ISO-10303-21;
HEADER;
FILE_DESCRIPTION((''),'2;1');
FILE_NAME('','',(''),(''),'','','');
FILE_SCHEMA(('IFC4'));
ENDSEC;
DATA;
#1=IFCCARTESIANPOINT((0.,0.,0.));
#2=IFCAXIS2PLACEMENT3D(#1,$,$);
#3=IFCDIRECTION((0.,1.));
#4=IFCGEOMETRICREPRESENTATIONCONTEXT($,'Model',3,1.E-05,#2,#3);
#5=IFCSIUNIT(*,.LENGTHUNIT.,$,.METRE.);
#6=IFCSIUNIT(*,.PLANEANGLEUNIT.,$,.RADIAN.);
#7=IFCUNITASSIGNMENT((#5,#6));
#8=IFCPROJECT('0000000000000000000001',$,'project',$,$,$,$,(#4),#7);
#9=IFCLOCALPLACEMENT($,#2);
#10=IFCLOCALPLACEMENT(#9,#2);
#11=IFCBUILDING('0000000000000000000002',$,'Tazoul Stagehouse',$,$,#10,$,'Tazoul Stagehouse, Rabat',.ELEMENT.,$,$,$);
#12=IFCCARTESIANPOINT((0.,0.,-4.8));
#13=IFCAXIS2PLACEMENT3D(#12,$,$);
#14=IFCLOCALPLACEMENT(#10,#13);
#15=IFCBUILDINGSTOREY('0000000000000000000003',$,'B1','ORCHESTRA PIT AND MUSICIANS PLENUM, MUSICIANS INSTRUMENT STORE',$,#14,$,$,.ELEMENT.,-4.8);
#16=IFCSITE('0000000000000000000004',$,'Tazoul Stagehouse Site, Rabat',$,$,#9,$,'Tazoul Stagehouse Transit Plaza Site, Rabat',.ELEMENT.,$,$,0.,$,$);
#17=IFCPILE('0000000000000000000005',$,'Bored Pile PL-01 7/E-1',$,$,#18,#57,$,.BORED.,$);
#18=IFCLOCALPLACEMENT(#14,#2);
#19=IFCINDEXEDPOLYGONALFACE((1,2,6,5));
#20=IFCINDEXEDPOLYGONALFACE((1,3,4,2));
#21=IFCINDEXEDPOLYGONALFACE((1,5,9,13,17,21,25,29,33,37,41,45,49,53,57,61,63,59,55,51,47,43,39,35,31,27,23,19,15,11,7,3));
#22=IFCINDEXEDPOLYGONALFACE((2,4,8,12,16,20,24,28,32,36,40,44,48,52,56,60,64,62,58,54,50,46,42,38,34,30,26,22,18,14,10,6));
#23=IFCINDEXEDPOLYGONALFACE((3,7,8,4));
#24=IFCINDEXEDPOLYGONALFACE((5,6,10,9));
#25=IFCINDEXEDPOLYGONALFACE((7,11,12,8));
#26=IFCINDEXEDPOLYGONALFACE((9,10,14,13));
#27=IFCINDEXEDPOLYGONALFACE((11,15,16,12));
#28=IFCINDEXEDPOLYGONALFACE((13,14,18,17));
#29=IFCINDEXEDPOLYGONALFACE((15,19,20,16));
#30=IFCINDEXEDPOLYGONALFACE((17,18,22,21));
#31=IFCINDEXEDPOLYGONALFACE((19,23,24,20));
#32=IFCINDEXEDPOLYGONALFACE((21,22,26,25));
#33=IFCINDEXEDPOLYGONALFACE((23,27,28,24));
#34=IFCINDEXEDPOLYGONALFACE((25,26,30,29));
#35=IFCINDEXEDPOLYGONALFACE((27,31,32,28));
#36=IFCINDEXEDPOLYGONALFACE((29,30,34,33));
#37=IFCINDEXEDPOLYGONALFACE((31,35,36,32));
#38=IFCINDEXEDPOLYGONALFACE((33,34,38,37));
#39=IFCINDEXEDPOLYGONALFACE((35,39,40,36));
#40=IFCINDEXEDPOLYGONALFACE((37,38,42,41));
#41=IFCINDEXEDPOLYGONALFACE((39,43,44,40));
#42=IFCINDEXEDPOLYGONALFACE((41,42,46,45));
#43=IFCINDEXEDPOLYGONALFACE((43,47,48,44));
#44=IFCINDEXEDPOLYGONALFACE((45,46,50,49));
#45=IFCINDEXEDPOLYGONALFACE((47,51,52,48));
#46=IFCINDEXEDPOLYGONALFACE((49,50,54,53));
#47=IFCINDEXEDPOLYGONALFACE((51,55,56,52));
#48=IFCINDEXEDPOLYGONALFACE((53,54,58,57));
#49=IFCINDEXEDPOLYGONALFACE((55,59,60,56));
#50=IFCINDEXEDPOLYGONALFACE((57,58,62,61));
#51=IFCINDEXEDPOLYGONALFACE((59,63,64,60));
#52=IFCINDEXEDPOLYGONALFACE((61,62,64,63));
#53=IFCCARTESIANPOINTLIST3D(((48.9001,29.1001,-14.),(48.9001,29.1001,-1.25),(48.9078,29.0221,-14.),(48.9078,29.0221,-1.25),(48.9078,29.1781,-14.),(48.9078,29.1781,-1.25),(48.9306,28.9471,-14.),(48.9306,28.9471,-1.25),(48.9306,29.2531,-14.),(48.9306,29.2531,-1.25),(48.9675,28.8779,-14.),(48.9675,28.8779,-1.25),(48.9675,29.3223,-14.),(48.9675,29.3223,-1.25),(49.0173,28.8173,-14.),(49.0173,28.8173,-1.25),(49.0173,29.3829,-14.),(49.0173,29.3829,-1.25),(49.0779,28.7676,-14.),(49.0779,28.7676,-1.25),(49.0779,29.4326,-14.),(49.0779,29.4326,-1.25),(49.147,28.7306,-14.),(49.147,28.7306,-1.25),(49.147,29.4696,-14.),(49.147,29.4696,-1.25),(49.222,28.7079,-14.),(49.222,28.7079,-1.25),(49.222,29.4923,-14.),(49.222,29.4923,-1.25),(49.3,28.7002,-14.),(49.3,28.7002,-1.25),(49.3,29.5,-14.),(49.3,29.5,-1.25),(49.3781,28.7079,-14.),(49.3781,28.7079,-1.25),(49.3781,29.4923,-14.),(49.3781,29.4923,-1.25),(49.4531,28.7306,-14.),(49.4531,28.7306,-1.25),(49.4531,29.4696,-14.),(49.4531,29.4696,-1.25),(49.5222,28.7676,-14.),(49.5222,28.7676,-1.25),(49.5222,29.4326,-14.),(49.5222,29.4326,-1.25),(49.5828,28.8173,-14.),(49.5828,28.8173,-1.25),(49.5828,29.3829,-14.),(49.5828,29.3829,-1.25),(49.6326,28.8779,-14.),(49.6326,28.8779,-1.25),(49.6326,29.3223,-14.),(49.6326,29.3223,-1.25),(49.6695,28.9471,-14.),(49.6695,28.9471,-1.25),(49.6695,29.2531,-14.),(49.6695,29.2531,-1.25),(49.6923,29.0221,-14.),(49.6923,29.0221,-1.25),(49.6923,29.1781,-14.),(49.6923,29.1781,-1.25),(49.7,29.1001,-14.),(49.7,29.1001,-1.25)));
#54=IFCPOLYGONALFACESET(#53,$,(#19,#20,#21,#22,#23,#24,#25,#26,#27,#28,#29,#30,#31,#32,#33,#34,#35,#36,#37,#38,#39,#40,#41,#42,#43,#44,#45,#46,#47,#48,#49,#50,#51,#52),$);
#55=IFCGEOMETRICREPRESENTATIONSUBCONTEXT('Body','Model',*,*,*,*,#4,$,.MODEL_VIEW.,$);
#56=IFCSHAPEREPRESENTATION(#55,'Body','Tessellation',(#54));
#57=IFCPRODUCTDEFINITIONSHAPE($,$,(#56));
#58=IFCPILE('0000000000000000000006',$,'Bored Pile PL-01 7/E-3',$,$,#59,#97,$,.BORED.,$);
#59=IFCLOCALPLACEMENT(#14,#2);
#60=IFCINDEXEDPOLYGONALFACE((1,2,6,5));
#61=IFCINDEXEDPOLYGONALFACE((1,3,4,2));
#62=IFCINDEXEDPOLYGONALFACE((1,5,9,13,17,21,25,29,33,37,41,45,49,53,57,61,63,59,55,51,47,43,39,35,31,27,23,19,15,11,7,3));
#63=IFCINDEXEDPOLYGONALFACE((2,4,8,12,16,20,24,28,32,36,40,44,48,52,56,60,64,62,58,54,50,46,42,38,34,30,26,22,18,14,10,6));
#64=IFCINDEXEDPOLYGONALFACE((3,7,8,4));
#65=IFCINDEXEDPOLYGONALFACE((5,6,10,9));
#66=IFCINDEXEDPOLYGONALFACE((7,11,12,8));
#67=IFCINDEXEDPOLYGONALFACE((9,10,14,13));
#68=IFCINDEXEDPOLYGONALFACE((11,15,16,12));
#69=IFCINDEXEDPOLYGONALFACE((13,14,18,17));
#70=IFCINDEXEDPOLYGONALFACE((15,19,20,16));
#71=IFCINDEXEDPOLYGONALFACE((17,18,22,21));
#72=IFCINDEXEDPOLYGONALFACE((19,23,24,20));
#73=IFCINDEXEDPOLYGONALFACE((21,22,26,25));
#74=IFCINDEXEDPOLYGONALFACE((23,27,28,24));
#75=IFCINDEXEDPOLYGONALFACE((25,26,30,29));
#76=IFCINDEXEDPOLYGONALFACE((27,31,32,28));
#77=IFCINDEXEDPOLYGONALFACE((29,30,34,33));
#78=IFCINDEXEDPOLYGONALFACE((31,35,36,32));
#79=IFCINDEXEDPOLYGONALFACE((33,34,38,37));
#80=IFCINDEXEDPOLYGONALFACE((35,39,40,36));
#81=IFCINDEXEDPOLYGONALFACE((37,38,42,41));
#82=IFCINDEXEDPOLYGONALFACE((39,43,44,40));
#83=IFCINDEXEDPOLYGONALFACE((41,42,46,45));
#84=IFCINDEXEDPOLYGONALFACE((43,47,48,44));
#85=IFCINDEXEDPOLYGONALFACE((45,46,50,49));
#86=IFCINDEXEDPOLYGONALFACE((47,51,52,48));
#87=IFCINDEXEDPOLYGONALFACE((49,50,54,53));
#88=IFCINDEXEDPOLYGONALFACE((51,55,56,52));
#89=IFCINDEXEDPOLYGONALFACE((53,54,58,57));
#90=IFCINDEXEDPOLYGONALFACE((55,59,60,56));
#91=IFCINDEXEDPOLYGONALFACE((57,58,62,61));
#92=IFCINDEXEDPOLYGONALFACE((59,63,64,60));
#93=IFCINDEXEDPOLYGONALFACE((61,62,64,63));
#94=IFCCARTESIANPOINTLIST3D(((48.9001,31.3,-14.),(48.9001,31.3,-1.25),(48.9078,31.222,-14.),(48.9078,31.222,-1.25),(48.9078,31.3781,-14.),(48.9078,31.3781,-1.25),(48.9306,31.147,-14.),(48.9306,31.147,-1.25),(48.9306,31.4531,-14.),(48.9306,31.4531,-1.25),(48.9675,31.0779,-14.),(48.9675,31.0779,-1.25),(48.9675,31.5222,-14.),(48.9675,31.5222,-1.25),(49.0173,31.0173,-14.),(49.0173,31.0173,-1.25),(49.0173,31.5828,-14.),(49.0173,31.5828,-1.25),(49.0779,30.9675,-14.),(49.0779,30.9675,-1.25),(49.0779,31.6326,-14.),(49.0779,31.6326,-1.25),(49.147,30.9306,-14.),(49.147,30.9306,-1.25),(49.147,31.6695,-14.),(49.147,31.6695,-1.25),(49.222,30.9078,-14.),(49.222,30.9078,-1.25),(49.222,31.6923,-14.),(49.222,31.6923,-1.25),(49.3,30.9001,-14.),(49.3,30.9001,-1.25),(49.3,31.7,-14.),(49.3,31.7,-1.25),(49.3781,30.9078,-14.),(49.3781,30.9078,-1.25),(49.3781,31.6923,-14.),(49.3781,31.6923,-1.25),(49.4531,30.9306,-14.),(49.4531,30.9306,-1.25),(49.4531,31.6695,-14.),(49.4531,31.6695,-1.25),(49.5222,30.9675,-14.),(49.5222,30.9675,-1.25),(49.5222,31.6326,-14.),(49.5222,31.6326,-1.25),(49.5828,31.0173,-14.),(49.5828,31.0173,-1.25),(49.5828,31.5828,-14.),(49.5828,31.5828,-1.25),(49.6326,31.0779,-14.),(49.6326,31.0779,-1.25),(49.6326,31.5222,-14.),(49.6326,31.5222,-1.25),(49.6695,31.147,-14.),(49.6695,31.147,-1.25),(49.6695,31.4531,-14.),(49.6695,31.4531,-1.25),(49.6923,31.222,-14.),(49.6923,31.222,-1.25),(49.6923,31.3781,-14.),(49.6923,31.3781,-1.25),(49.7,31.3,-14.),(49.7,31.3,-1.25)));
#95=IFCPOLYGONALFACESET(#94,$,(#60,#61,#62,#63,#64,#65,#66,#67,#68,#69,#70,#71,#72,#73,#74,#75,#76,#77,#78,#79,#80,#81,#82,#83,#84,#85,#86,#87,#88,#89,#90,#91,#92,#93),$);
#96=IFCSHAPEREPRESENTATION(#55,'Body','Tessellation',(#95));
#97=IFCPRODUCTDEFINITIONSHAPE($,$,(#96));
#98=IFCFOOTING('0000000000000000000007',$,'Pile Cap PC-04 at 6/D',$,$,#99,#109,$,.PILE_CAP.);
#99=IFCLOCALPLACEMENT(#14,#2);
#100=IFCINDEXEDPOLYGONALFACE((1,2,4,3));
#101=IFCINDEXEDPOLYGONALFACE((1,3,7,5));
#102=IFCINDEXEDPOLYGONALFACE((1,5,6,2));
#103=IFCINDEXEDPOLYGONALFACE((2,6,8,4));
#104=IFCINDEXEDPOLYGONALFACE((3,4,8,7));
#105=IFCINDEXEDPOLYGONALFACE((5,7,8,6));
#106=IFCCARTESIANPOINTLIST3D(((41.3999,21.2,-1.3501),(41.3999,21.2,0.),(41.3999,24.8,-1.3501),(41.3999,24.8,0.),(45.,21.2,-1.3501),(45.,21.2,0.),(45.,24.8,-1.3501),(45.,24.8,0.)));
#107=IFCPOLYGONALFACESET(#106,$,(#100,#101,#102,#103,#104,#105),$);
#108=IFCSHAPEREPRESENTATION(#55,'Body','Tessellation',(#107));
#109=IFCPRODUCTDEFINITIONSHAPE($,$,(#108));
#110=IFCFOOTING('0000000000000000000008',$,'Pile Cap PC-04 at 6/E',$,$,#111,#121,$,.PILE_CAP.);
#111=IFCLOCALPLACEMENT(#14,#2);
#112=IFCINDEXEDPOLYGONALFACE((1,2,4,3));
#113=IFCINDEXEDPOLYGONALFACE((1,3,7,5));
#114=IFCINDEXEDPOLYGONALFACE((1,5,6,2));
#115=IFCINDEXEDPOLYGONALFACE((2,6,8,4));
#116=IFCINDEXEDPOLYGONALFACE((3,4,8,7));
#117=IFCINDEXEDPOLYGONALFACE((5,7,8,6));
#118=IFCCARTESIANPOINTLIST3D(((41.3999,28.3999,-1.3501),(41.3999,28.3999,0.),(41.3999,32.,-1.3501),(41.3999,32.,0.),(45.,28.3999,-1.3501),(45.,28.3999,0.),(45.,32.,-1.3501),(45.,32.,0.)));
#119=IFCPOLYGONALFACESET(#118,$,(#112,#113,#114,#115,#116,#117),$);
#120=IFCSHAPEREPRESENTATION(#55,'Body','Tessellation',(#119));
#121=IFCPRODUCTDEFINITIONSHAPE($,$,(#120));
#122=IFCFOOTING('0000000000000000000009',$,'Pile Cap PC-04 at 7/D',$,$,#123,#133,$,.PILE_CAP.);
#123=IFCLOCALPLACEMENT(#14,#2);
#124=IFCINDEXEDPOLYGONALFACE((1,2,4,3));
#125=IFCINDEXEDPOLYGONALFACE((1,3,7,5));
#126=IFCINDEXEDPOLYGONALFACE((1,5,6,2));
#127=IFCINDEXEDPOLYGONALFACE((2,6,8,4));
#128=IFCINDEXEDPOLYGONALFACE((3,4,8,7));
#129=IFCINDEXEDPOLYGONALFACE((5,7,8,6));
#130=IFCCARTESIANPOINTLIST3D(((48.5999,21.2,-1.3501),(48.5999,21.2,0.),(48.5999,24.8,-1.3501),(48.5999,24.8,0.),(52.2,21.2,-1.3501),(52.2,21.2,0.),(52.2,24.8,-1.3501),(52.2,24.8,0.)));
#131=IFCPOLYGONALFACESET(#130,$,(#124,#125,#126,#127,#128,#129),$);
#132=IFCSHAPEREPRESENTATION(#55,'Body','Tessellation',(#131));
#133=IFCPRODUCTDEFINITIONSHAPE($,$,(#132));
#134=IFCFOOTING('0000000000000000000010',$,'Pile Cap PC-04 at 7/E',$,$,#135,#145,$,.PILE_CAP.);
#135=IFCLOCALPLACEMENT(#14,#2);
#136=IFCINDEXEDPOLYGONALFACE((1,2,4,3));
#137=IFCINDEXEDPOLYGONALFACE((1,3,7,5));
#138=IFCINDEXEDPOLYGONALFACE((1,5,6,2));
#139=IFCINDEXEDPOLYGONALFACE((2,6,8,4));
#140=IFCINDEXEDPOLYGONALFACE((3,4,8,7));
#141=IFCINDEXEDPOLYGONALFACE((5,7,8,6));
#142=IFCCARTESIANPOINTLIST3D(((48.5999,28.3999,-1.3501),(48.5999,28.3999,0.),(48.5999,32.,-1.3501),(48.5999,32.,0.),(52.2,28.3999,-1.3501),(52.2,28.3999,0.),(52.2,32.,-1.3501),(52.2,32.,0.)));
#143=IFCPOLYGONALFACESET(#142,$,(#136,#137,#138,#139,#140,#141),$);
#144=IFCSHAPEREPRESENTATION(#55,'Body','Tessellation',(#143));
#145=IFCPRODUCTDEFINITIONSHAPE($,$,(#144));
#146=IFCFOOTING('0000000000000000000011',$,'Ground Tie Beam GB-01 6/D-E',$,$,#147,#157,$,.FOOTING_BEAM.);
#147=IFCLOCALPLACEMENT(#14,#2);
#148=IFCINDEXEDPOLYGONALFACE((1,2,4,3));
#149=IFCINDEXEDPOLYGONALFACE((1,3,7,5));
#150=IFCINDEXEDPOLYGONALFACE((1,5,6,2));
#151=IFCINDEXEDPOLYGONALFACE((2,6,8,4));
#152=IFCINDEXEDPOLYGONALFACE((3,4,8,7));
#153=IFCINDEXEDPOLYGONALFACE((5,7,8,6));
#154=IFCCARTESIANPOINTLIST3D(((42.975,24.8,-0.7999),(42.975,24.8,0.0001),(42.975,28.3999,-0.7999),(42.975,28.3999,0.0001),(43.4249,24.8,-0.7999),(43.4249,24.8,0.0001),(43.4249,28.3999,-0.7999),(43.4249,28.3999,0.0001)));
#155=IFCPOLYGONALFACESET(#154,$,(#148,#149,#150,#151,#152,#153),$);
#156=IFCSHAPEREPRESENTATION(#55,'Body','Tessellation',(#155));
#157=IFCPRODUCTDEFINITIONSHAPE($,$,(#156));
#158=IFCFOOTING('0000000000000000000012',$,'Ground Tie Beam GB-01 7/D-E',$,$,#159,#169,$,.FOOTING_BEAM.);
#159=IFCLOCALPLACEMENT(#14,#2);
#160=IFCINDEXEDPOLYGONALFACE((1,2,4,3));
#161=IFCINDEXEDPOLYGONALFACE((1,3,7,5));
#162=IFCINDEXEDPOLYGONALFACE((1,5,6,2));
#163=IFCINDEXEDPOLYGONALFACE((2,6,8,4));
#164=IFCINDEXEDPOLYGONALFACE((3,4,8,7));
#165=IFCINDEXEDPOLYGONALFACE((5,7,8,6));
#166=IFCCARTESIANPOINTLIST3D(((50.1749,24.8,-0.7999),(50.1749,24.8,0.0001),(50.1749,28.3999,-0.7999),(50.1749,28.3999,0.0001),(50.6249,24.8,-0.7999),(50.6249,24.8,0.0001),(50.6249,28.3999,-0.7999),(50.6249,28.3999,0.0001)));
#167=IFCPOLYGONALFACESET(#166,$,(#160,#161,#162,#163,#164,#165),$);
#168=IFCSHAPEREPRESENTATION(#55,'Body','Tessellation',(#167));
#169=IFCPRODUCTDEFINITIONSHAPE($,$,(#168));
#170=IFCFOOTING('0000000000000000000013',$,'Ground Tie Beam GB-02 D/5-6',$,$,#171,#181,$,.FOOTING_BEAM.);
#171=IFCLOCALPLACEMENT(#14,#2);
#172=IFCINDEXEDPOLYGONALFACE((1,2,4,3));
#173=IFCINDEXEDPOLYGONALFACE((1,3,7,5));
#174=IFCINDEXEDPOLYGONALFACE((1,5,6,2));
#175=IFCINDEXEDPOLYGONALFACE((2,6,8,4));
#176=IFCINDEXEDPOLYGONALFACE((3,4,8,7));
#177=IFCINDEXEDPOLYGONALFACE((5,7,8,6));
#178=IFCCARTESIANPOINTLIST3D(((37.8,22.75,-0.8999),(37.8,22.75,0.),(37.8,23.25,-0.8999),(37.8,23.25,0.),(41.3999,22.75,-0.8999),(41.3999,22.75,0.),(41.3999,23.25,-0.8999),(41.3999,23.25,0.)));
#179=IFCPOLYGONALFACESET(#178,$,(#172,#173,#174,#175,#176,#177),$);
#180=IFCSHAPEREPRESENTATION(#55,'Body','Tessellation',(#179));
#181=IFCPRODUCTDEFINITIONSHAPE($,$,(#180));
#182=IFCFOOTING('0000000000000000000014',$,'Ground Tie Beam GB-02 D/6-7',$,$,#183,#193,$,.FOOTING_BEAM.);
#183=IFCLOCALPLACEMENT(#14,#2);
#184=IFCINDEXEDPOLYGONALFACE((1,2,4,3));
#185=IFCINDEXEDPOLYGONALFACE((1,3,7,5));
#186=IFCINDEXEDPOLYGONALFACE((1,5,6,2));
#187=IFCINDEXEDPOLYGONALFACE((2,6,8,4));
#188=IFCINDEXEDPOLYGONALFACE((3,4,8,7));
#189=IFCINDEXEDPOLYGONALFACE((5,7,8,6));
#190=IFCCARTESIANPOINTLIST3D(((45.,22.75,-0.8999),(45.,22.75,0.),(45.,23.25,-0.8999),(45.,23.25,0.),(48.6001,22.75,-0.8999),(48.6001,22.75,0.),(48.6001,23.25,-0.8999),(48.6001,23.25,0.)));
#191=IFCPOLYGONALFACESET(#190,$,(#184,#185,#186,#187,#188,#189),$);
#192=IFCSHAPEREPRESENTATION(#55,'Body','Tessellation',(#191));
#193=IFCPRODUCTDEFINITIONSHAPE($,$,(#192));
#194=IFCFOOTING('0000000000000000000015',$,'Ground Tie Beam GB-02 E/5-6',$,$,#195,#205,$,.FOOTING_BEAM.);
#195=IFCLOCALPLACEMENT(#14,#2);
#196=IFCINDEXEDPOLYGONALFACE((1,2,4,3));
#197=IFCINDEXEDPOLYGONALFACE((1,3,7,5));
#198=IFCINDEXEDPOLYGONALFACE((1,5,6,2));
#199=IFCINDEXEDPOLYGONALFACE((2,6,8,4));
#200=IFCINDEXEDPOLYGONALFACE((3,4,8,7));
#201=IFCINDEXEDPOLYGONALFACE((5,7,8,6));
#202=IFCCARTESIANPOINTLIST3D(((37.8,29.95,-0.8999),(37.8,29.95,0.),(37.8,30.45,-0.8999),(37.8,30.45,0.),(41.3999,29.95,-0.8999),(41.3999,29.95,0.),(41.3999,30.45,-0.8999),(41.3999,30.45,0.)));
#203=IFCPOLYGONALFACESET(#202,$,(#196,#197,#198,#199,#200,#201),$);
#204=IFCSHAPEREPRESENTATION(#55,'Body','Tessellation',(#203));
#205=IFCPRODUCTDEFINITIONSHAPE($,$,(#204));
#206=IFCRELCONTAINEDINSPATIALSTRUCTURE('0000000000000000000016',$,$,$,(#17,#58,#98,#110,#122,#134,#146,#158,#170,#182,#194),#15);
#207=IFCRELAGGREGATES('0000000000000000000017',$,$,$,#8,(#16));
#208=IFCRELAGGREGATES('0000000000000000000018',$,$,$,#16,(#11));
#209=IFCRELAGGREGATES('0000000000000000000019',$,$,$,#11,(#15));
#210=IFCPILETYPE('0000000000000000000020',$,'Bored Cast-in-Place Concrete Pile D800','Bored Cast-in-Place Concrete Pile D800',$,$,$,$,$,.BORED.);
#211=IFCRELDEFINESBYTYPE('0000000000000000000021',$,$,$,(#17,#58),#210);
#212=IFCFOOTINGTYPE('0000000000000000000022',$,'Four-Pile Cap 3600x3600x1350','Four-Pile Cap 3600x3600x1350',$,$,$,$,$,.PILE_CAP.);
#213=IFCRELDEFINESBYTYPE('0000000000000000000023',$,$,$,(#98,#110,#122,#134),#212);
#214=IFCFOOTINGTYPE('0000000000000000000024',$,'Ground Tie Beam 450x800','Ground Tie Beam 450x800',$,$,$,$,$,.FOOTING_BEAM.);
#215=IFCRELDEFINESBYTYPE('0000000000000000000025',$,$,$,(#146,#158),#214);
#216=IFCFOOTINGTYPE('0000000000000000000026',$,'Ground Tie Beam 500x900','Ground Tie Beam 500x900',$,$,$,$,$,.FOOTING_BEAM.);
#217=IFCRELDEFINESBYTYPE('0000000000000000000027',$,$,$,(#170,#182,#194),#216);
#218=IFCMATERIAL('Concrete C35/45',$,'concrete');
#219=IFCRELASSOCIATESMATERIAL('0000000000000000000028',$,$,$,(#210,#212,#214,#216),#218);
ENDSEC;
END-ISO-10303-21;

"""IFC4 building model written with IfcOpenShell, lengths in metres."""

from ifc_helpers import new_model, si_unit, direction, frame, origin, origin_2d, place, context, subcontext, project, spatial, rectangle, circle, extrude, material, material_profile, profile_set, type_object, element, save


model = new_model("IFC4")

# Units and contexts
model_context = context("Model", 3, precision=1e-05, world=origin(), true_north=direction((0.0, 1.0)))
body_context = subcontext(model_context, "Body", "Model", "MODEL_VIEW")
ifc_project = project(units=[si_unit("LENGTHUNIT", "METRE"), si_unit("PLANEANGLEUNIT", "RADIAN")], contexts=[model_context])

# Site, building, storey
site_placement = place(None, origin())
site = spatial("IfcSite", under=ifc_project, at=site_placement, Name="Tazoul Stagehouse Site, Rabat", LongName="Tazoul Stagehouse Transit Plaza Site, Rabat", CompositionType="ELEMENT", RefElevation=0.0)
building_placement = place(site_placement, origin())
building = spatial("IfcBuilding", under=site, at=building_placement, Name="Tazoul Stagehouse", LongName="Tazoul Stagehouse, Rabat", CompositionType="ELEMENT")
storey_placement = place(building_placement, frame((0.0, 0.0, -4.8)))
storey = spatial("IfcBuildingStorey", under=building, at=storey_placement, Name="B1", Description="ORCHESTRA PIT AND MUSICIANS PLENUM, MUSICIANS INSTRUMENT STORE", CompositionType="ELEMENT", Elevation=-4.8)

# Piles
ifc_material_1 = material(Name="Concrete C35/45", Category="concrete")
ifc_material_profile_1 = material_profile(ifc_material_1, circle(Radius=0.3999, at=origin_2d()), Name="BORED PILE 800")
ifc_profile_set_1 = profile_set([ifc_material_profile_1], Name="Concrete C35/45")
pile_type = type_object("IfcPileType", Name="Bored Cast-in-Place Concrete Pile D800", Description="Bored Cast-in-Place Concrete Pile D800", PredefinedType="BORED", material=ifc_profile_set_1)
for number, where, z_axis, x_axis, name in (
    (1, (49.3, 29.1001, -1.25), (0.0, 0.0, -1.0), (1.0, 0.0, 0.0), "Bored Pile PL-01 7/E-1"),
    (2, (49.3, 31.3, -1.25), (0.0, 0.0, -1.0), (1.0, 0.0, 0.0), "Bored Pile PL-01 7/E-3"),
):
    element("IfcPile", number, at=place(storey_placement, frame(where, z_axis=z_axis, x_axis=x_axis)), inside=storey, type_object=pile_type, Name=name, PredefinedType="BORED", context=body_context, shape_type="SweptSolid", body=[
        extrude(circle(Radius=0.3999, at=origin_2d()), origin(), (0.0, 0.0, 1.0), 12.75),
    ])

# Footings
footing_type_1 = type_object("IfcFootingType", Name="Four-Pile Cap 3600x3600x1350", Description="Four-Pile Cap 3600x3600x1350", PredefinedType="PILE_CAP", material=ifc_material_1)
for number, where, z_axis, x_axis, name in (
    (3, (43.2, 23.0, -1.3501), (0.0, 0.0, 1.0), (1.0, 0.0, 0.0), "Pile Cap PC-04 at 6/D"),
    (4, (43.2, 30.2, -1.3501), (0.0, 0.0, 1.0), (1.0, 0.0, 0.0), "Pile Cap PC-04 at 6/E"),
    (5, (50.3999, 23.0, -1.3501), (0.0, 0.0, 1.0), (1.0, 0.0, 0.0), "Pile Cap PC-04 at 7/D"),
    (6, (50.3999, 30.2, -1.3501), (0.0, 0.0, 1.0), (1.0, 0.0, 0.0), "Pile Cap PC-04 at 7/E"),
):
    element("IfcFooting", number, at=place(storey_placement, frame(where, z_axis=z_axis, x_axis=x_axis)), inside=storey, type_object=footing_type_1, Name=name, PredefinedType="PILE_CAP", context=body_context, shape_type="SweptSolid", body=[
        extrude(rectangle(XDim=3.6001, YDim=3.6001, at=origin_2d()), origin(), (0.0, 0.0, 1.0), 1.3501),
    ])
ifc_material_profile_2 = material_profile(ifc_material_1, rectangle(XDim=0.45, YDim=0.8, at=origin_2d()), Name="RC 450x800")
ifc_profile_set_2 = profile_set([ifc_material_profile_2], Name="Concrete C35/45")
footing_type_2 = type_object("IfcFootingType", Name="Ground Tie Beam 450x800", Description="Ground Tie Beam 450x800", PredefinedType="FOOTING_BEAM", material=ifc_profile_set_2)
for number, where, z_axis, x_axis, name in (
    (7, (43.2, 24.8, -0.3999), (0.0, 1.0, 0.0), (-1.0, 0.0, 0.0), "Ground Tie Beam GB-01 6/D-E"),
    (8, (50.3999, 24.8, -0.3999), (0.0, 1.0, 0.0), (-1.0, 0.0, 0.0), "Ground Tie Beam GB-01 7/D-E"),
):
    element("IfcFooting", number, at=place(storey_placement, frame(where, z_axis=z_axis, x_axis=x_axis)), inside=storey, type_object=footing_type_2, Name=name, PredefinedType="FOOTING_BEAM", context=body_context, shape_type="SweptSolid", body=[
        extrude(rectangle(XDim=0.45, YDim=0.8, at=origin_2d()), origin(), (0.0, 0.0, 1.0), 3.5999),
    ])
ifc_material_profile_3 = material_profile(ifc_material_1, rectangle(XDim=0.5, YDim=0.8999, at=origin_2d()), Name="RC 500x900")
ifc_profile_set_3 = profile_set([ifc_material_profile_3], Name="Concrete C35/45")
footing_type_3 = type_object("IfcFootingType", Name="Ground Tie Beam 500x900", Description="Ground Tie Beam 500x900", PredefinedType="FOOTING_BEAM", material=ifc_profile_set_3)
footing_1_placement = place(storey_placement, frame((37.8, 23.0, -0.45), z_axis=(1.0, 0.0, 0.0), x_axis=(0.0, 1.0, 0.0)))
element("IfcFooting", 9, at=footing_1_placement, inside=storey, type_object=footing_type_3, Name="Ground Tie Beam GB-02 D/5-6", PredefinedType="FOOTING_BEAM", context=body_context, shape_type="SweptSolid", body=[
    extrude(rectangle(XDim=0.5, YDim=0.8999, at=origin_2d()), origin(), (0.0, 0.0, 1.0), 3.5999),
])
footing_2_placement = place(storey_placement, frame((45.0, 23.0, -0.45), z_axis=(1.0, 0.0, 0.0), x_axis=(0.0, 1.0, 0.0)))
element("IfcFooting", 10, at=footing_2_placement, inside=storey, type_object=footing_type_3, Name="Ground Tie Beam GB-02 D/6-7", PredefinedType="FOOTING_BEAM", context=body_context, shape_type="SweptSolid", body=[
    extrude(rectangle(XDim=0.5, YDim=0.8999, at=origin_2d()), origin(), (0.0, 0.0, 1.0), 3.6001),
])
footing_3_placement = place(storey_placement, frame((37.8, 30.2, -0.45), z_axis=(1.0, 0.0, 0.0), x_axis=(0.0, 1.0, 0.0)))
element("IfcFooting", 11, at=footing_3_placement, inside=storey, type_object=footing_type_3, Name="Ground Tie Beam GB-02 E/5-6", PredefinedType="FOOTING_BEAM", context=body_context, shape_type="SweptSolid", body=[
    extrude(rectangle(XDim=0.5, YDim=0.8999, at=origin_2d()), origin(), (0.0, 0.0, 1.0), 3.5999),
])

save(model, "model.ifc")
